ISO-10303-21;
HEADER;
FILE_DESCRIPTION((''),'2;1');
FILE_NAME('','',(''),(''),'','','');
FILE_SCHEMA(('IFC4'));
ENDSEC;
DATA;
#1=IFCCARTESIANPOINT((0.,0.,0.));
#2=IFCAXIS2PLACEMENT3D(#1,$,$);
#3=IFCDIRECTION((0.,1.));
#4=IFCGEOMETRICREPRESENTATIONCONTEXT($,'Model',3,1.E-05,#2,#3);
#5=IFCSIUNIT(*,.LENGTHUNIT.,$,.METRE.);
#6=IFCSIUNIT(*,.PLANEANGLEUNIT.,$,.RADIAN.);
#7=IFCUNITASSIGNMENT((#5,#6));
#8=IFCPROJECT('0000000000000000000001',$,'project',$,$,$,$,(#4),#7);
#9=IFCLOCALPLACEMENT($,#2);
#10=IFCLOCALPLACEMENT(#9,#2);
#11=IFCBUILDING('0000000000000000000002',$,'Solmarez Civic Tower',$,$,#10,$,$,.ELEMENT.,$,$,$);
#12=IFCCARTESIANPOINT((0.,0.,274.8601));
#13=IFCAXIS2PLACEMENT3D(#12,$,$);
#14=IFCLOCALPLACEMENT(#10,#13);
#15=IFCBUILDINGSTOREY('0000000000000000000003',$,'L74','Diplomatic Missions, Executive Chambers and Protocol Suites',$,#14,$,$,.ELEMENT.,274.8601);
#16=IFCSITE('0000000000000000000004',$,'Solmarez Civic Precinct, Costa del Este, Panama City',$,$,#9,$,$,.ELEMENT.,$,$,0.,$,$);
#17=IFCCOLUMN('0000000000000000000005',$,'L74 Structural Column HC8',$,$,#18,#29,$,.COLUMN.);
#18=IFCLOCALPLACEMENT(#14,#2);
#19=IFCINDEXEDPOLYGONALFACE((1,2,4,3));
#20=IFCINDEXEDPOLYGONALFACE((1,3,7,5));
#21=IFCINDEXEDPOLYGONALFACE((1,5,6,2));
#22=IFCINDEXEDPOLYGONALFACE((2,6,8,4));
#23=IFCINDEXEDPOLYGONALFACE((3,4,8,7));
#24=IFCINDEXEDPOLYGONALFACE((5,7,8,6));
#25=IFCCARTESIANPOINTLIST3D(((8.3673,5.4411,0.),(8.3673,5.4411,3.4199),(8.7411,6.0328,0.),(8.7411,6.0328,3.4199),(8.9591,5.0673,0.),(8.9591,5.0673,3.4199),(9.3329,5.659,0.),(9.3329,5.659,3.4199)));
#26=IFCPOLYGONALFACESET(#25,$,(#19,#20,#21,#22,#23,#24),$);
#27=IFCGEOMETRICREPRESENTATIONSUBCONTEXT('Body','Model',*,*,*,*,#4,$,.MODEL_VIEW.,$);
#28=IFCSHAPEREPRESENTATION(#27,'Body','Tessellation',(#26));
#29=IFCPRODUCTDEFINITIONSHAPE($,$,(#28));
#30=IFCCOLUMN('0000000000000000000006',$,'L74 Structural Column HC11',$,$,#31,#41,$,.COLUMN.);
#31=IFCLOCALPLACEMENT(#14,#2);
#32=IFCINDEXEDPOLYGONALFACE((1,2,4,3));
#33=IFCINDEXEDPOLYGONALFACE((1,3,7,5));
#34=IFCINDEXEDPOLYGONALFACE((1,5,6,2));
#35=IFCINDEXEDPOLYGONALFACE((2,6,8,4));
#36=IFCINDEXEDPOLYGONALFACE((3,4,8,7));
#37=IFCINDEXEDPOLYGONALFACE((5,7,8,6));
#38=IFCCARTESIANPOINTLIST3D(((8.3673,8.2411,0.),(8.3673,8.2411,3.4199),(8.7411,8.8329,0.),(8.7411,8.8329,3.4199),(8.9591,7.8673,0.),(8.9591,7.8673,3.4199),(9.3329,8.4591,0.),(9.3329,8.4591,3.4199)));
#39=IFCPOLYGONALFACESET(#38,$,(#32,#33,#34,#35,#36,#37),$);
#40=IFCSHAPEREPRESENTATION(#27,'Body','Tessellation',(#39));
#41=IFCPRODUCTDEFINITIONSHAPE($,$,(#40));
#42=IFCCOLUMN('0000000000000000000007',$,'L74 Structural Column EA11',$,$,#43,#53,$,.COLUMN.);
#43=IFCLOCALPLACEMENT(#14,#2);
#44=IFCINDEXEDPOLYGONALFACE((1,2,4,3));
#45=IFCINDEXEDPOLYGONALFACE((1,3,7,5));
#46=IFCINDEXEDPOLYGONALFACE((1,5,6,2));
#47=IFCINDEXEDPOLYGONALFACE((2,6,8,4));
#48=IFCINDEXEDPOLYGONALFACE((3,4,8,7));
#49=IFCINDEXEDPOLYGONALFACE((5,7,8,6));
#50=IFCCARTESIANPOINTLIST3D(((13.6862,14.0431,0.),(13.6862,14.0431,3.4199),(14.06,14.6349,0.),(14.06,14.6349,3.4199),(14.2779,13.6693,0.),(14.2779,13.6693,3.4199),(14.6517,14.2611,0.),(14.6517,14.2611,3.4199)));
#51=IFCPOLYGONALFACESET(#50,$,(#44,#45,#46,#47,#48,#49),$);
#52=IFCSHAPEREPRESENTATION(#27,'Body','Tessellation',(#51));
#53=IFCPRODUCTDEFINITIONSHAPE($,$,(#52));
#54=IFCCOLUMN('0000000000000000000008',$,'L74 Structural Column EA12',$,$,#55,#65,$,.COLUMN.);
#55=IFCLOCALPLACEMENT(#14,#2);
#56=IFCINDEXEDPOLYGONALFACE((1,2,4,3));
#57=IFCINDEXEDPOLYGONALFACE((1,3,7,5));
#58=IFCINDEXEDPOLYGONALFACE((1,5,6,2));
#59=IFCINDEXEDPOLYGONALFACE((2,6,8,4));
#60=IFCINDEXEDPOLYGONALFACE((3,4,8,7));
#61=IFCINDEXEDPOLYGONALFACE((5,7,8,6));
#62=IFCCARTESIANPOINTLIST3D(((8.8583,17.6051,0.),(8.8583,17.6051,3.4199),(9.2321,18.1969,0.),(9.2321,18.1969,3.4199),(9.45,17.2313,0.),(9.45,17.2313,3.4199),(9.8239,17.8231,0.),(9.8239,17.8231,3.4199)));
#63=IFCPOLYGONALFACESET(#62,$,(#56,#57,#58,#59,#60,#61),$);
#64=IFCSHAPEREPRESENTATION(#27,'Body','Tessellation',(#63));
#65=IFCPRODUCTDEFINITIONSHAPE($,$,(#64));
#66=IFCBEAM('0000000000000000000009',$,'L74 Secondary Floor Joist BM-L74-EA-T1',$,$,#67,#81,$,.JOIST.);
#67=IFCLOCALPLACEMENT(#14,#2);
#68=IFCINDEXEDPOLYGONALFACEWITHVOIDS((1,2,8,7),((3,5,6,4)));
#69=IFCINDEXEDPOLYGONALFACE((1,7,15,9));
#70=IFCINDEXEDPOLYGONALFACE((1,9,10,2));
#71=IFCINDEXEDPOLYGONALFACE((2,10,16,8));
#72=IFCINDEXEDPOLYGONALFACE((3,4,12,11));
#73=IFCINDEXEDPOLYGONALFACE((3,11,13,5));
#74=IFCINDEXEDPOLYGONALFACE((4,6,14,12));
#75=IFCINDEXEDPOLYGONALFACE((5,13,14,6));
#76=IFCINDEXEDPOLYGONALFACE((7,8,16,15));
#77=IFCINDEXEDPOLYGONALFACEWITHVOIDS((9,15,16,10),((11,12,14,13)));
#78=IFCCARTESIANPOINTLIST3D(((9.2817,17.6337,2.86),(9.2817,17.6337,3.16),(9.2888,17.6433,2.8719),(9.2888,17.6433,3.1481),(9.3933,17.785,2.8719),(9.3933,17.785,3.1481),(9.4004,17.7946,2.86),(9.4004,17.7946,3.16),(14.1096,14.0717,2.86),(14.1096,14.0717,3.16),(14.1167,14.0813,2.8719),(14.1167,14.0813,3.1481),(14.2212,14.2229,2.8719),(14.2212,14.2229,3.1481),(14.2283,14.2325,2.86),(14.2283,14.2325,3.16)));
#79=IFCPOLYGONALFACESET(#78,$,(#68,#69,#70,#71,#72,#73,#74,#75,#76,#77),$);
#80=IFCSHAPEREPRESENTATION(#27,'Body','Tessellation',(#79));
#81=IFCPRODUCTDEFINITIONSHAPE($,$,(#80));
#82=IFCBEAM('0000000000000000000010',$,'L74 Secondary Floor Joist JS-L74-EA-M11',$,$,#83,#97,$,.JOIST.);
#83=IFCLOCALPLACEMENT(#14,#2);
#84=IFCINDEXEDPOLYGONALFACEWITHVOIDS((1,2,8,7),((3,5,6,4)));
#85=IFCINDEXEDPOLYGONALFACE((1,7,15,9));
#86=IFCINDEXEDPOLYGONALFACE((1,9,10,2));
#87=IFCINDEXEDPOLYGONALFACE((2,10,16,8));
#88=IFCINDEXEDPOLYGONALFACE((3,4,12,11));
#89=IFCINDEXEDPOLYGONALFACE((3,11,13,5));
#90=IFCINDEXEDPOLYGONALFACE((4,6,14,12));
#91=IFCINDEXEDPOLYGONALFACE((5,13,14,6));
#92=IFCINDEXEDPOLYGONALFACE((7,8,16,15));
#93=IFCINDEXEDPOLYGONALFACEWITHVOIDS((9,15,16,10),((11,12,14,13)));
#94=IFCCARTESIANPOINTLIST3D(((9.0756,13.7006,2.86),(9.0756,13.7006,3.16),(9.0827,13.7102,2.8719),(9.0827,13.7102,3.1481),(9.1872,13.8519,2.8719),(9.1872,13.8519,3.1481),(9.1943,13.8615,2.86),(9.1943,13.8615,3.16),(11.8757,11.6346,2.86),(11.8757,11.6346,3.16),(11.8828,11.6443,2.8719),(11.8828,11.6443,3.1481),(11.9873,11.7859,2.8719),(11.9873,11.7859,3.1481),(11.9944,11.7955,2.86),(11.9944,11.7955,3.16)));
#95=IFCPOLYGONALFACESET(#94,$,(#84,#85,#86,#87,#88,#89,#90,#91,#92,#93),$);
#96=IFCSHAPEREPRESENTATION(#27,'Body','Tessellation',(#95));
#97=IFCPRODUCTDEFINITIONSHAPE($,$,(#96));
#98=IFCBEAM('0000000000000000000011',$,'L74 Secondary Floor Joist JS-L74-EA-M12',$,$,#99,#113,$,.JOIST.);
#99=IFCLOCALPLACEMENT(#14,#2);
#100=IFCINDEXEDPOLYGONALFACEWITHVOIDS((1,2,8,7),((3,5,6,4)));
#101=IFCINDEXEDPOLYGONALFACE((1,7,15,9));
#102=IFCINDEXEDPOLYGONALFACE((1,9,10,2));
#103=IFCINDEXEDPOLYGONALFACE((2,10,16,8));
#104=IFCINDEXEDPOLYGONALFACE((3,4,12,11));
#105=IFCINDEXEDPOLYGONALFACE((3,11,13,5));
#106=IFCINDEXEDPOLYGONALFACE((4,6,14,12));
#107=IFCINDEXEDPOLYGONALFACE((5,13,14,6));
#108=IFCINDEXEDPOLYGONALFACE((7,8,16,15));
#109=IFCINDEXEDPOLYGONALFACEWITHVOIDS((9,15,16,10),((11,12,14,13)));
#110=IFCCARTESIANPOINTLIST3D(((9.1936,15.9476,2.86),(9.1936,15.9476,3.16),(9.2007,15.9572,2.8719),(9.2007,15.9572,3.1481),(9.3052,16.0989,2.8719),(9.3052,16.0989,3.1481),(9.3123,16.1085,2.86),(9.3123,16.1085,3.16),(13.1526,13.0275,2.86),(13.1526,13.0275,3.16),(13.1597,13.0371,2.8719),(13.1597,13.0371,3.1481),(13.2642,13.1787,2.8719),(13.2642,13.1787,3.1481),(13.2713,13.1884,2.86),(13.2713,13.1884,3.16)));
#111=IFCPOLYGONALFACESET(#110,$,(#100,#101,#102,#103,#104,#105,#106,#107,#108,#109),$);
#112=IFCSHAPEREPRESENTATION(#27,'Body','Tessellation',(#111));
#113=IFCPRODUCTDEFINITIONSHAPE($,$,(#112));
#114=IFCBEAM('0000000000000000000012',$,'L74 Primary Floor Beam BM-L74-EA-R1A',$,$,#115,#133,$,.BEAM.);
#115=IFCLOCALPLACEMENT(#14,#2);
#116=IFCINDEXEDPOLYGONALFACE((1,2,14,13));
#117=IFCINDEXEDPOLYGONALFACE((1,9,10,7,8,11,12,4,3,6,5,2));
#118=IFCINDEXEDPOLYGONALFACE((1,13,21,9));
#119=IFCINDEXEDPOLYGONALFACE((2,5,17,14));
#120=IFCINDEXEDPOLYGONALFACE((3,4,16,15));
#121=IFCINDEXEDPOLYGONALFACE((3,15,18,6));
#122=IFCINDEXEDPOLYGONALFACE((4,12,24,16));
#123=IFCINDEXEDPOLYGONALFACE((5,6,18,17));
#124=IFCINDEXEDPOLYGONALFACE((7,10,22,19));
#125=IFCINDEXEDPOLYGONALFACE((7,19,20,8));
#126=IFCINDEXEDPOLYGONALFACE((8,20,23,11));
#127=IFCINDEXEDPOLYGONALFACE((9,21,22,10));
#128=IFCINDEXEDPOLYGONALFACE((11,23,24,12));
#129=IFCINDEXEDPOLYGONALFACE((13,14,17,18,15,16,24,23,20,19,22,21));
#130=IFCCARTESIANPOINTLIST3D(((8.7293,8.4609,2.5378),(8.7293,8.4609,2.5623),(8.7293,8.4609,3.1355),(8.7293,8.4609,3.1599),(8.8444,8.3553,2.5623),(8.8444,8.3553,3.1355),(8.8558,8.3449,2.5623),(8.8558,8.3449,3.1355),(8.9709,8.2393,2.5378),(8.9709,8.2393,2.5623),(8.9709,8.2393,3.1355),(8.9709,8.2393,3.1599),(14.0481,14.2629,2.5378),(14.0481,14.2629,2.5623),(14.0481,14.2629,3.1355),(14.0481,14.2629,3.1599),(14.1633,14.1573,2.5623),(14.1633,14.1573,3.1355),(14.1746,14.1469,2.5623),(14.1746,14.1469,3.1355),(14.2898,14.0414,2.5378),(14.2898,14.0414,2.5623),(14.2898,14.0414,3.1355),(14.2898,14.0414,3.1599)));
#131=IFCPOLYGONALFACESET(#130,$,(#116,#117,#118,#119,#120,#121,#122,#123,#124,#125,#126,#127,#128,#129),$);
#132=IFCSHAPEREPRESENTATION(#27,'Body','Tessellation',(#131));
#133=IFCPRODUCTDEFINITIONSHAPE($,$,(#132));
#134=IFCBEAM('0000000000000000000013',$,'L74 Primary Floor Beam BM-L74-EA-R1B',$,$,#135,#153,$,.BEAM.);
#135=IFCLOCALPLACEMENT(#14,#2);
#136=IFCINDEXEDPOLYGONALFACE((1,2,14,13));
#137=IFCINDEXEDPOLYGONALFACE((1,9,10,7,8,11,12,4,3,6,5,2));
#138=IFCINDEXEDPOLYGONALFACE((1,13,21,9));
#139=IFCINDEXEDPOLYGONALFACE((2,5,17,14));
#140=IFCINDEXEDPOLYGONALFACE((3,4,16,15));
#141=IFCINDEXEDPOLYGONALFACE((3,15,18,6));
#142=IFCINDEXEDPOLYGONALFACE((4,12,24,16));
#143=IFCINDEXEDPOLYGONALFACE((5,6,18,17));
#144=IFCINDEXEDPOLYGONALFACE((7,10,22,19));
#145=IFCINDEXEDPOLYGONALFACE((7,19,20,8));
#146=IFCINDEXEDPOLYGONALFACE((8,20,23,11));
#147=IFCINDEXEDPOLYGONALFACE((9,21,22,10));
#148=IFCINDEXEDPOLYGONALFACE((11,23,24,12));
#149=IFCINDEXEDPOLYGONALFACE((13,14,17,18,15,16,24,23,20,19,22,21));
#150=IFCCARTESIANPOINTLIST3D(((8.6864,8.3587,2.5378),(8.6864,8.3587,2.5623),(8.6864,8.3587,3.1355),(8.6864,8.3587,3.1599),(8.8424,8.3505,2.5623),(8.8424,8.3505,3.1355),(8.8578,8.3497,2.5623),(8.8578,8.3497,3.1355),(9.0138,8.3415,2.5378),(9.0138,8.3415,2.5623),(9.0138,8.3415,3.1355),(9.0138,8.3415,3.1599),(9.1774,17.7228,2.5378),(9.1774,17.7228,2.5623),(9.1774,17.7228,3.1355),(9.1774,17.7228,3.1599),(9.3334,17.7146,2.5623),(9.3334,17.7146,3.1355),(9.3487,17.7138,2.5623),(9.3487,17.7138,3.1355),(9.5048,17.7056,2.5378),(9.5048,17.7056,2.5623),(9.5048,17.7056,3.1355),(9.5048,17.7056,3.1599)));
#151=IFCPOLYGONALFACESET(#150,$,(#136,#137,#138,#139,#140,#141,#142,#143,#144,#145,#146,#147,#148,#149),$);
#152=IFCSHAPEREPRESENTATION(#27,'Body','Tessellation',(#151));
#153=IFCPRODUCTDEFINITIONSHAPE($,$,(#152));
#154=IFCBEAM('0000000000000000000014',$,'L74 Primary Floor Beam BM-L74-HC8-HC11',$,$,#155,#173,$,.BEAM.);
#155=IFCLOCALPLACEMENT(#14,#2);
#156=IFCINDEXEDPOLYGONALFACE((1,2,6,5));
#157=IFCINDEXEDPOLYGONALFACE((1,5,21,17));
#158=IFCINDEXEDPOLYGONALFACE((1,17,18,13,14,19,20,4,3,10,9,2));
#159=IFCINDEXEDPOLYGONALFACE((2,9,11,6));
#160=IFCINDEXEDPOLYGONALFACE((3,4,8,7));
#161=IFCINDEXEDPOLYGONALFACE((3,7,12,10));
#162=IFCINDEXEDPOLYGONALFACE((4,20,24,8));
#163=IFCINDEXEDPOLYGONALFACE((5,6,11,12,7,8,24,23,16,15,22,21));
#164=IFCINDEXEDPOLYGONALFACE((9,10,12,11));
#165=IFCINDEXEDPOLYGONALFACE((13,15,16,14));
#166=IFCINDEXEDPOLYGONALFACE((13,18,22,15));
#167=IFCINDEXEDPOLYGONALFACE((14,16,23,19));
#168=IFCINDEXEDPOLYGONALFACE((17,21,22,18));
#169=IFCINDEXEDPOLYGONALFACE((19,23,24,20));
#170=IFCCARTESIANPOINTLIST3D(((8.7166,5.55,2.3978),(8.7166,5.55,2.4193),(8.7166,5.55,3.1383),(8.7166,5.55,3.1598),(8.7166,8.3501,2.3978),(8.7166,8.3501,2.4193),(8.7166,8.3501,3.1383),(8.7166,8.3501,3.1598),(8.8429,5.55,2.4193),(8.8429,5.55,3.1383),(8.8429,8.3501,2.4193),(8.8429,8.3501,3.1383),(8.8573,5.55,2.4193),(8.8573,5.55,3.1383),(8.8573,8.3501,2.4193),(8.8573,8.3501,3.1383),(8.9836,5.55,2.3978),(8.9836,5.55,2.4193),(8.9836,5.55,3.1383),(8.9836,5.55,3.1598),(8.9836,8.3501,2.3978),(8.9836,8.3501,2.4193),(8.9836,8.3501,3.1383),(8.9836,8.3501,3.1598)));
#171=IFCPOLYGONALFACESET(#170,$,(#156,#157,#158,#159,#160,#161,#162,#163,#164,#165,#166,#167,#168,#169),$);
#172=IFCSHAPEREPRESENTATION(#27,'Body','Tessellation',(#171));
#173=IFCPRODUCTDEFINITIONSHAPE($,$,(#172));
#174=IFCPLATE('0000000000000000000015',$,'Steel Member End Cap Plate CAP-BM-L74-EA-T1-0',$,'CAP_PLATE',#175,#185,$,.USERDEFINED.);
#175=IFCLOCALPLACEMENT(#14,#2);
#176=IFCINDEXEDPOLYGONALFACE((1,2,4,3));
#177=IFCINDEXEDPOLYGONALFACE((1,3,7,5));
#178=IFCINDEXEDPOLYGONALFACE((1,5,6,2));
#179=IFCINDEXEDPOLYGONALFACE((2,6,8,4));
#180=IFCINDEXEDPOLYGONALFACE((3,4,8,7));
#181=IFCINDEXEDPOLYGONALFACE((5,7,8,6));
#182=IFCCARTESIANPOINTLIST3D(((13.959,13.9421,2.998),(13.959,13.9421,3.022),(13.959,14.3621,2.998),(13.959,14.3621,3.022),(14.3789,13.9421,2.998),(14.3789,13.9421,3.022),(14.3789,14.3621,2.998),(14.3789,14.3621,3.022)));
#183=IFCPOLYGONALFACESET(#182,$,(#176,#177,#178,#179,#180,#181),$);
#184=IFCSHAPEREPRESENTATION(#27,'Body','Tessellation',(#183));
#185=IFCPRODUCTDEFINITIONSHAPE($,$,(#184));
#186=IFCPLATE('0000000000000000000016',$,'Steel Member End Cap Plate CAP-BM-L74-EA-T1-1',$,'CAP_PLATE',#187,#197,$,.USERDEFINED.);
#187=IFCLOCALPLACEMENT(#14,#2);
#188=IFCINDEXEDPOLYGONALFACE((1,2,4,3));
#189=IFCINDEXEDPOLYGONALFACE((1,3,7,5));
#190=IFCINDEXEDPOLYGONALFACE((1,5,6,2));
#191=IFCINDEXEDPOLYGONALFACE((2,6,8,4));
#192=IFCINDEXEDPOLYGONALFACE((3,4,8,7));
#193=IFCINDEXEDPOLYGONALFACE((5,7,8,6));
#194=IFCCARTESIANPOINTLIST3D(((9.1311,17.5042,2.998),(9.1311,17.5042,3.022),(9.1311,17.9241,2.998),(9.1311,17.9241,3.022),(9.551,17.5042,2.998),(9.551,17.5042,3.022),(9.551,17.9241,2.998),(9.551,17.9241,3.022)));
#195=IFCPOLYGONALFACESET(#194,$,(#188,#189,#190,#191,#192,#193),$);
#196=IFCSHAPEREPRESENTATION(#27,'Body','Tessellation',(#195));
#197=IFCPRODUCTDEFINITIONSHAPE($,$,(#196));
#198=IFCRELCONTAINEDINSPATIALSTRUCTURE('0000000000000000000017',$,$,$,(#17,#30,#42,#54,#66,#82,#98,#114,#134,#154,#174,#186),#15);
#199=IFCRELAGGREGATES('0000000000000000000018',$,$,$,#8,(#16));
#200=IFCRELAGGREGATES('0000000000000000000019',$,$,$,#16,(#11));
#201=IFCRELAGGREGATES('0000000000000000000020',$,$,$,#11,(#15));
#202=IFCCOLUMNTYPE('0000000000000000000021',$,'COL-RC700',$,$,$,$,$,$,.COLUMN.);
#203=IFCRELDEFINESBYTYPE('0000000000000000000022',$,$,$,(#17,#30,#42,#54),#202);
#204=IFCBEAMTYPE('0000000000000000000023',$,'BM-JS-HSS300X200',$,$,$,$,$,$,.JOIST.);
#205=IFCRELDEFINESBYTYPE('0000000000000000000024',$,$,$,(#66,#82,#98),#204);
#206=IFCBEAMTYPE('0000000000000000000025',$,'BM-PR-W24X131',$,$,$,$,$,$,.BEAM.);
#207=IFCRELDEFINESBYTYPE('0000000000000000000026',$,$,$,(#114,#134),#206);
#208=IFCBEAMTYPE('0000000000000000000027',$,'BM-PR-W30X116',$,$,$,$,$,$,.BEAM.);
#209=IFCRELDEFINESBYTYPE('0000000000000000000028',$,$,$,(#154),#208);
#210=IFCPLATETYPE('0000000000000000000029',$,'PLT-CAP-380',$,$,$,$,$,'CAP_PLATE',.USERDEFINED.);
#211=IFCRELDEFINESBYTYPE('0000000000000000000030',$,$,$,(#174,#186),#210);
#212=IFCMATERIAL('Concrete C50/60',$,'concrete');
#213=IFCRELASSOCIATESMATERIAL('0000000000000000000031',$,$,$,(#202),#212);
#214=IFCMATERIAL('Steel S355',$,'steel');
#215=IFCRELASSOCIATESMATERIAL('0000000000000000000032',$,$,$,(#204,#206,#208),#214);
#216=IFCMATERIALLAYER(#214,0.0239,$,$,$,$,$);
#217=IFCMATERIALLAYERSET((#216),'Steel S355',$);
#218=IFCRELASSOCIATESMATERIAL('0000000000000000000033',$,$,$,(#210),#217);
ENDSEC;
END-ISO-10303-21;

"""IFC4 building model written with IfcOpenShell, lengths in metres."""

from ifc_helpers import new_model, si_unit, direction, frame, origin, origin_2d, place, context, subcontext, project, spatial, rectangle, hollow_rectangle, i_section, extrude, material, layer, layer_set, material_profile, profile_set, type_object, element, save


model = new_model("IFC4")

# Units and contexts
model_context = context("Model", 3, precision=1e-05, world=origin(), true_north=direction((0.0, 1.0)))
body_context = subcontext(model_context, "Body", "Model", "MODEL_VIEW")
ifc_project = project(units=[si_unit("LENGTHUNIT", "METRE"), si_unit("PLANEANGLEUNIT", "RADIAN")], contexts=[model_context])

# Site, building, storey
site_placement = place(None, origin())
site = spatial("IfcSite", under=ifc_project, at=site_placement, Name="Solmarez Civic Precinct, Costa del Este, Panama City", CompositionType="ELEMENT", RefElevation=0.0)
building_placement = place(site_placement, origin())
building = spatial("IfcBuilding", under=site, at=building_placement, Name="Solmarez Civic Tower", CompositionType="ELEMENT")
storey_placement = place(building_placement, frame((0.0, 0.0, 274.8601)))
storey = spatial("IfcBuildingStorey", under=building, at=storey_placement, Name="L74", Description="Diplomatic Missions, Executive Chambers and Protocol Suites", CompositionType="ELEMENT", Elevation=274.8601)

# Columns
ifc_material_1 = material(Name="Concrete C50/60", Category="concrete")
ifc_material_profile_1 = material_profile(ifc_material_1, rectangle(XDim=0.7, YDim=0.7, at=origin_2d()), Name="RC700X700")
ifc_profile_set_1 = profile_set([ifc_material_profile_1], Name="Concrete C50/60")
column_type = type_object("IfcColumnType", Name="COL-RC700", PredefinedType="COLUMN", material=ifc_profile_set_1)
for number, where, z_axis, x_axis, name in (
    (1, (8.8501, 5.55, 0.0), (0.0, 0.0, 1.0), (0.534057, 0.845448, 0.0), "L74 Structural Column HC8"),
    (2, (8.8501, 8.3501, 0.0), (0.0, 0.0, 1.0), (0.534057, 0.845448, 0.0), "L74 Structural Column HC11"),
    (3, (14.1689, 14.1521, 0.0), (0.0, 0.0, 1.0), (0.534057, 0.845448, 0.0), "L74 Structural Column EA11"),
    (4, (9.3411, 17.7141, 0.0), (0.0, 0.0, 1.0), (0.534057, 0.845448, 0.0), "L74 Structural Column EA12"),
):
    element("IfcColumn", number, at=place(storey_placement, frame(where, z_axis=z_axis, x_axis=x_axis)), inside=storey, type_object=column_type, Name=name, PredefinedType="COLUMN", context=body_context, shape_type="SweptSolid", body=[
        extrude(rectangle(XDim=0.7, YDim=0.7, at=origin_2d()), origin(), (0.0, 0.0, 1.0), 3.4199),
    ])

# Beams
ifc_material_2 = material(Name="Steel S355", Category="steel")
ifc_material_profile_2 = material_profile(ifc_material_2, hollow_rectangle(XDim=0.2, YDim=0.3, WallThickness=0.012, at=origin_2d()), Name="HSS300X200X12")
ifc_profile_set_2 = profile_set([ifc_material_profile_2], Name="Steel S355")
beam_type_1 = type_object("IfcBeamType", Name="BM-JS-HSS300X200", PredefinedType="JOIST", material=ifc_profile_set_2)
beam_1_placement = place(storey_placement, frame((14.1689, 14.1521, 3.01), z_axis=(-0.804687, 0.593699, 0.0), x_axis=(-0.593699, -0.804687, 0.0)))
element("IfcBeam", 5, at=beam_1_placement, inside=storey, type_object=beam_type_1, Name="L74 Secondary Floor Joist BM-L74-EA-T1", PredefinedType="JOIST", context=body_context, shape_type="SweptSolid", body=[
    extrude(hollow_rectangle(XDim=0.2, YDim=0.3, WallThickness=0.012, at=origin_2d()), origin(), (0.0, 0.0, 1.0), 5.9998),
])
beam_2_placement = place(storey_placement, frame((11.9351, 11.7151, 3.01), z_axis=(-0.804682, 0.593706, 0.0), x_axis=(-0.593706, -0.804682, 0.0)))
element("IfcBeam", 6, at=beam_2_placement, inside=storey, type_object=beam_type_1, Name="L74 Secondary Floor Joist JS-L74-EA-M11", PredefinedType="JOIST", context=body_context, shape_type="SweptSolid", body=[
    extrude(hollow_rectangle(XDim=0.2, YDim=0.3, WallThickness=0.012, at=origin_2d()), origin(), (0.0, 0.0, 1.0), 3.4797),
])
beam_3_placement = place(storey_placement, frame((13.2119, 13.1079, 3.01), z_axis=(-0.804763, 0.593597, 0.0), x_axis=(-0.593597, -0.804763, 0.0)))
element("IfcBeam", 7, at=beam_3_placement, inside=storey, type_object=beam_type_1, Name="L74 Secondary Floor Joist JS-L74-EA-M12", PredefinedType="JOIST", context=body_context, shape_type="SweptSolid", body=[
    extrude(hollow_rectangle(XDim=0.2, YDim=0.3, WallThickness=0.012, at=origin_2d()), origin(), (0.0, 0.0, 1.0), 4.9194),
])
ifc_material_profile_3 = material_profile(ifc_material_2, i_section(OverallWidth=0.3279, OverallDepth=0.6221, WebThickness=0.0154, FlangeThickness=0.0244, at=origin_2d()), Name="W24X131")
ifc_profile_set_3 = profile_set([ifc_material_profile_3], Name="Steel S355")
beam_type_2 = type_object("IfcBeamType", Name="BM-PR-W24X131", PredefinedType="BEAM", material=ifc_profile_set_3)
beam_4_placement = place(storey_placement, frame((8.8501, 8.3501, 2.8489), z_axis=(0.675749, 0.737132, 0.0), x_axis=(-0.737132, 0.675749, 0.0)))
element("IfcBeam", 8, at=beam_4_placement, inside=storey, type_object=beam_type_2, Name="L74 Primary Floor Beam BM-L74-EA-R1A", PredefinedType="BEAM", context=body_context, shape_type="SweptSolid", body=[
    extrude(i_section(OverallWidth=0.3279, OverallDepth=0.6221, WebThickness=0.0154, FlangeThickness=0.0244, at=origin_2d()), origin(), (0.0, 0.0, 1.0), 7.8711),
])
beam_5_placement = place(storey_placement, frame((8.8501, 8.3501, 2.8489), z_axis=(0.052359, 0.998628, 0.0), x_axis=(-0.998628, 0.052359, 0.0)))
element("IfcBeam", 9, at=beam_5_placement, inside=storey, type_object=beam_type_2, Name="L74 Primary Floor Beam BM-L74-EA-R1B", PredefinedType="BEAM", context=body_context, shape_type="SweptSolid", body=[
    extrude(i_section(OverallWidth=0.3279, OverallDepth=0.6221, WebThickness=0.0154, FlangeThickness=0.0244, at=origin_2d()), origin(), (0.0, 0.0, 1.0), 9.377),
])
ifc_material_profile_4 = material_profile(ifc_material_2, i_section(OverallWidth=0.2671, OverallDepth=0.762, WebThickness=0.0144, FlangeThickness=0.0215, at=origin_2d()), Name="W30X116")
ifc_profile_set_4 = profile_set([ifc_material_profile_4], Name="Steel S355")
beam_type_3 = type_object("IfcBeamType", Name="BM-PR-W30X116", PredefinedType="BEAM", material=ifc_profile_set_4)
beam_6_placement = place(storey_placement, frame((8.8501, 5.55, 2.7788), z_axis=(0.0, 1.0, 0.0), x_axis=(-1.0, 0.0, 0.0)))
element("IfcBeam", 10, at=beam_6_placement, inside=storey, type_object=beam_type_3, Name="L74 Primary Floor Beam BM-L74-HC8-HC11", PredefinedType="BEAM", context=body_context, shape_type="SweptSolid", body=[
    extrude(i_section(OverallWidth=0.2671, OverallDepth=0.762, WebThickness=0.0144, FlangeThickness=0.0215, at=origin_2d()), origin(), (0.0, 0.0, 1.0), 2.8),
])

# Plates
ifc_layer_1 = layer(ifc_material_2, 0.0239)
ifc_layer_set_1 = layer_set([ifc_layer_1], Name="Steel S355")
plate_type = type_object("IfcPlateType", Name="PLT-CAP-380", ElementType="CAP_PLATE", PredefinedType="USERDEFINED", material=ifc_layer_set_1)
for number, where, z_axis, x_axis, name in (
    (11, (14.1689, 14.1521, 2.998), (0.0, 0.0, 1.0), (1.0, 0.0, 0.0), "Steel Member End Cap Plate CAP-BM-L74-EA-T1-0"),
    (12, (9.3411, 17.7141, 2.998), (0.0, 0.0, 1.0), (1.0, 0.0, 0.0), "Steel Member End Cap Plate CAP-BM-L74-EA-T1-1"),
):
    element("IfcPlate", number, at=place(storey_placement, frame(where, z_axis=z_axis, x_axis=x_axis)), inside=storey, type_object=plate_type, Name=name, ObjectType="CAP_PLATE", PredefinedType="USERDEFINED", context=body_context, shape_type="SweptSolid", body=[
        extrude(rectangle(XDim=0.4199, YDim=0.4199, at=origin_2d()), origin(), (0.0, 0.0, 1.0), 0.0239),
    ])

save(model, "model.ifc")
